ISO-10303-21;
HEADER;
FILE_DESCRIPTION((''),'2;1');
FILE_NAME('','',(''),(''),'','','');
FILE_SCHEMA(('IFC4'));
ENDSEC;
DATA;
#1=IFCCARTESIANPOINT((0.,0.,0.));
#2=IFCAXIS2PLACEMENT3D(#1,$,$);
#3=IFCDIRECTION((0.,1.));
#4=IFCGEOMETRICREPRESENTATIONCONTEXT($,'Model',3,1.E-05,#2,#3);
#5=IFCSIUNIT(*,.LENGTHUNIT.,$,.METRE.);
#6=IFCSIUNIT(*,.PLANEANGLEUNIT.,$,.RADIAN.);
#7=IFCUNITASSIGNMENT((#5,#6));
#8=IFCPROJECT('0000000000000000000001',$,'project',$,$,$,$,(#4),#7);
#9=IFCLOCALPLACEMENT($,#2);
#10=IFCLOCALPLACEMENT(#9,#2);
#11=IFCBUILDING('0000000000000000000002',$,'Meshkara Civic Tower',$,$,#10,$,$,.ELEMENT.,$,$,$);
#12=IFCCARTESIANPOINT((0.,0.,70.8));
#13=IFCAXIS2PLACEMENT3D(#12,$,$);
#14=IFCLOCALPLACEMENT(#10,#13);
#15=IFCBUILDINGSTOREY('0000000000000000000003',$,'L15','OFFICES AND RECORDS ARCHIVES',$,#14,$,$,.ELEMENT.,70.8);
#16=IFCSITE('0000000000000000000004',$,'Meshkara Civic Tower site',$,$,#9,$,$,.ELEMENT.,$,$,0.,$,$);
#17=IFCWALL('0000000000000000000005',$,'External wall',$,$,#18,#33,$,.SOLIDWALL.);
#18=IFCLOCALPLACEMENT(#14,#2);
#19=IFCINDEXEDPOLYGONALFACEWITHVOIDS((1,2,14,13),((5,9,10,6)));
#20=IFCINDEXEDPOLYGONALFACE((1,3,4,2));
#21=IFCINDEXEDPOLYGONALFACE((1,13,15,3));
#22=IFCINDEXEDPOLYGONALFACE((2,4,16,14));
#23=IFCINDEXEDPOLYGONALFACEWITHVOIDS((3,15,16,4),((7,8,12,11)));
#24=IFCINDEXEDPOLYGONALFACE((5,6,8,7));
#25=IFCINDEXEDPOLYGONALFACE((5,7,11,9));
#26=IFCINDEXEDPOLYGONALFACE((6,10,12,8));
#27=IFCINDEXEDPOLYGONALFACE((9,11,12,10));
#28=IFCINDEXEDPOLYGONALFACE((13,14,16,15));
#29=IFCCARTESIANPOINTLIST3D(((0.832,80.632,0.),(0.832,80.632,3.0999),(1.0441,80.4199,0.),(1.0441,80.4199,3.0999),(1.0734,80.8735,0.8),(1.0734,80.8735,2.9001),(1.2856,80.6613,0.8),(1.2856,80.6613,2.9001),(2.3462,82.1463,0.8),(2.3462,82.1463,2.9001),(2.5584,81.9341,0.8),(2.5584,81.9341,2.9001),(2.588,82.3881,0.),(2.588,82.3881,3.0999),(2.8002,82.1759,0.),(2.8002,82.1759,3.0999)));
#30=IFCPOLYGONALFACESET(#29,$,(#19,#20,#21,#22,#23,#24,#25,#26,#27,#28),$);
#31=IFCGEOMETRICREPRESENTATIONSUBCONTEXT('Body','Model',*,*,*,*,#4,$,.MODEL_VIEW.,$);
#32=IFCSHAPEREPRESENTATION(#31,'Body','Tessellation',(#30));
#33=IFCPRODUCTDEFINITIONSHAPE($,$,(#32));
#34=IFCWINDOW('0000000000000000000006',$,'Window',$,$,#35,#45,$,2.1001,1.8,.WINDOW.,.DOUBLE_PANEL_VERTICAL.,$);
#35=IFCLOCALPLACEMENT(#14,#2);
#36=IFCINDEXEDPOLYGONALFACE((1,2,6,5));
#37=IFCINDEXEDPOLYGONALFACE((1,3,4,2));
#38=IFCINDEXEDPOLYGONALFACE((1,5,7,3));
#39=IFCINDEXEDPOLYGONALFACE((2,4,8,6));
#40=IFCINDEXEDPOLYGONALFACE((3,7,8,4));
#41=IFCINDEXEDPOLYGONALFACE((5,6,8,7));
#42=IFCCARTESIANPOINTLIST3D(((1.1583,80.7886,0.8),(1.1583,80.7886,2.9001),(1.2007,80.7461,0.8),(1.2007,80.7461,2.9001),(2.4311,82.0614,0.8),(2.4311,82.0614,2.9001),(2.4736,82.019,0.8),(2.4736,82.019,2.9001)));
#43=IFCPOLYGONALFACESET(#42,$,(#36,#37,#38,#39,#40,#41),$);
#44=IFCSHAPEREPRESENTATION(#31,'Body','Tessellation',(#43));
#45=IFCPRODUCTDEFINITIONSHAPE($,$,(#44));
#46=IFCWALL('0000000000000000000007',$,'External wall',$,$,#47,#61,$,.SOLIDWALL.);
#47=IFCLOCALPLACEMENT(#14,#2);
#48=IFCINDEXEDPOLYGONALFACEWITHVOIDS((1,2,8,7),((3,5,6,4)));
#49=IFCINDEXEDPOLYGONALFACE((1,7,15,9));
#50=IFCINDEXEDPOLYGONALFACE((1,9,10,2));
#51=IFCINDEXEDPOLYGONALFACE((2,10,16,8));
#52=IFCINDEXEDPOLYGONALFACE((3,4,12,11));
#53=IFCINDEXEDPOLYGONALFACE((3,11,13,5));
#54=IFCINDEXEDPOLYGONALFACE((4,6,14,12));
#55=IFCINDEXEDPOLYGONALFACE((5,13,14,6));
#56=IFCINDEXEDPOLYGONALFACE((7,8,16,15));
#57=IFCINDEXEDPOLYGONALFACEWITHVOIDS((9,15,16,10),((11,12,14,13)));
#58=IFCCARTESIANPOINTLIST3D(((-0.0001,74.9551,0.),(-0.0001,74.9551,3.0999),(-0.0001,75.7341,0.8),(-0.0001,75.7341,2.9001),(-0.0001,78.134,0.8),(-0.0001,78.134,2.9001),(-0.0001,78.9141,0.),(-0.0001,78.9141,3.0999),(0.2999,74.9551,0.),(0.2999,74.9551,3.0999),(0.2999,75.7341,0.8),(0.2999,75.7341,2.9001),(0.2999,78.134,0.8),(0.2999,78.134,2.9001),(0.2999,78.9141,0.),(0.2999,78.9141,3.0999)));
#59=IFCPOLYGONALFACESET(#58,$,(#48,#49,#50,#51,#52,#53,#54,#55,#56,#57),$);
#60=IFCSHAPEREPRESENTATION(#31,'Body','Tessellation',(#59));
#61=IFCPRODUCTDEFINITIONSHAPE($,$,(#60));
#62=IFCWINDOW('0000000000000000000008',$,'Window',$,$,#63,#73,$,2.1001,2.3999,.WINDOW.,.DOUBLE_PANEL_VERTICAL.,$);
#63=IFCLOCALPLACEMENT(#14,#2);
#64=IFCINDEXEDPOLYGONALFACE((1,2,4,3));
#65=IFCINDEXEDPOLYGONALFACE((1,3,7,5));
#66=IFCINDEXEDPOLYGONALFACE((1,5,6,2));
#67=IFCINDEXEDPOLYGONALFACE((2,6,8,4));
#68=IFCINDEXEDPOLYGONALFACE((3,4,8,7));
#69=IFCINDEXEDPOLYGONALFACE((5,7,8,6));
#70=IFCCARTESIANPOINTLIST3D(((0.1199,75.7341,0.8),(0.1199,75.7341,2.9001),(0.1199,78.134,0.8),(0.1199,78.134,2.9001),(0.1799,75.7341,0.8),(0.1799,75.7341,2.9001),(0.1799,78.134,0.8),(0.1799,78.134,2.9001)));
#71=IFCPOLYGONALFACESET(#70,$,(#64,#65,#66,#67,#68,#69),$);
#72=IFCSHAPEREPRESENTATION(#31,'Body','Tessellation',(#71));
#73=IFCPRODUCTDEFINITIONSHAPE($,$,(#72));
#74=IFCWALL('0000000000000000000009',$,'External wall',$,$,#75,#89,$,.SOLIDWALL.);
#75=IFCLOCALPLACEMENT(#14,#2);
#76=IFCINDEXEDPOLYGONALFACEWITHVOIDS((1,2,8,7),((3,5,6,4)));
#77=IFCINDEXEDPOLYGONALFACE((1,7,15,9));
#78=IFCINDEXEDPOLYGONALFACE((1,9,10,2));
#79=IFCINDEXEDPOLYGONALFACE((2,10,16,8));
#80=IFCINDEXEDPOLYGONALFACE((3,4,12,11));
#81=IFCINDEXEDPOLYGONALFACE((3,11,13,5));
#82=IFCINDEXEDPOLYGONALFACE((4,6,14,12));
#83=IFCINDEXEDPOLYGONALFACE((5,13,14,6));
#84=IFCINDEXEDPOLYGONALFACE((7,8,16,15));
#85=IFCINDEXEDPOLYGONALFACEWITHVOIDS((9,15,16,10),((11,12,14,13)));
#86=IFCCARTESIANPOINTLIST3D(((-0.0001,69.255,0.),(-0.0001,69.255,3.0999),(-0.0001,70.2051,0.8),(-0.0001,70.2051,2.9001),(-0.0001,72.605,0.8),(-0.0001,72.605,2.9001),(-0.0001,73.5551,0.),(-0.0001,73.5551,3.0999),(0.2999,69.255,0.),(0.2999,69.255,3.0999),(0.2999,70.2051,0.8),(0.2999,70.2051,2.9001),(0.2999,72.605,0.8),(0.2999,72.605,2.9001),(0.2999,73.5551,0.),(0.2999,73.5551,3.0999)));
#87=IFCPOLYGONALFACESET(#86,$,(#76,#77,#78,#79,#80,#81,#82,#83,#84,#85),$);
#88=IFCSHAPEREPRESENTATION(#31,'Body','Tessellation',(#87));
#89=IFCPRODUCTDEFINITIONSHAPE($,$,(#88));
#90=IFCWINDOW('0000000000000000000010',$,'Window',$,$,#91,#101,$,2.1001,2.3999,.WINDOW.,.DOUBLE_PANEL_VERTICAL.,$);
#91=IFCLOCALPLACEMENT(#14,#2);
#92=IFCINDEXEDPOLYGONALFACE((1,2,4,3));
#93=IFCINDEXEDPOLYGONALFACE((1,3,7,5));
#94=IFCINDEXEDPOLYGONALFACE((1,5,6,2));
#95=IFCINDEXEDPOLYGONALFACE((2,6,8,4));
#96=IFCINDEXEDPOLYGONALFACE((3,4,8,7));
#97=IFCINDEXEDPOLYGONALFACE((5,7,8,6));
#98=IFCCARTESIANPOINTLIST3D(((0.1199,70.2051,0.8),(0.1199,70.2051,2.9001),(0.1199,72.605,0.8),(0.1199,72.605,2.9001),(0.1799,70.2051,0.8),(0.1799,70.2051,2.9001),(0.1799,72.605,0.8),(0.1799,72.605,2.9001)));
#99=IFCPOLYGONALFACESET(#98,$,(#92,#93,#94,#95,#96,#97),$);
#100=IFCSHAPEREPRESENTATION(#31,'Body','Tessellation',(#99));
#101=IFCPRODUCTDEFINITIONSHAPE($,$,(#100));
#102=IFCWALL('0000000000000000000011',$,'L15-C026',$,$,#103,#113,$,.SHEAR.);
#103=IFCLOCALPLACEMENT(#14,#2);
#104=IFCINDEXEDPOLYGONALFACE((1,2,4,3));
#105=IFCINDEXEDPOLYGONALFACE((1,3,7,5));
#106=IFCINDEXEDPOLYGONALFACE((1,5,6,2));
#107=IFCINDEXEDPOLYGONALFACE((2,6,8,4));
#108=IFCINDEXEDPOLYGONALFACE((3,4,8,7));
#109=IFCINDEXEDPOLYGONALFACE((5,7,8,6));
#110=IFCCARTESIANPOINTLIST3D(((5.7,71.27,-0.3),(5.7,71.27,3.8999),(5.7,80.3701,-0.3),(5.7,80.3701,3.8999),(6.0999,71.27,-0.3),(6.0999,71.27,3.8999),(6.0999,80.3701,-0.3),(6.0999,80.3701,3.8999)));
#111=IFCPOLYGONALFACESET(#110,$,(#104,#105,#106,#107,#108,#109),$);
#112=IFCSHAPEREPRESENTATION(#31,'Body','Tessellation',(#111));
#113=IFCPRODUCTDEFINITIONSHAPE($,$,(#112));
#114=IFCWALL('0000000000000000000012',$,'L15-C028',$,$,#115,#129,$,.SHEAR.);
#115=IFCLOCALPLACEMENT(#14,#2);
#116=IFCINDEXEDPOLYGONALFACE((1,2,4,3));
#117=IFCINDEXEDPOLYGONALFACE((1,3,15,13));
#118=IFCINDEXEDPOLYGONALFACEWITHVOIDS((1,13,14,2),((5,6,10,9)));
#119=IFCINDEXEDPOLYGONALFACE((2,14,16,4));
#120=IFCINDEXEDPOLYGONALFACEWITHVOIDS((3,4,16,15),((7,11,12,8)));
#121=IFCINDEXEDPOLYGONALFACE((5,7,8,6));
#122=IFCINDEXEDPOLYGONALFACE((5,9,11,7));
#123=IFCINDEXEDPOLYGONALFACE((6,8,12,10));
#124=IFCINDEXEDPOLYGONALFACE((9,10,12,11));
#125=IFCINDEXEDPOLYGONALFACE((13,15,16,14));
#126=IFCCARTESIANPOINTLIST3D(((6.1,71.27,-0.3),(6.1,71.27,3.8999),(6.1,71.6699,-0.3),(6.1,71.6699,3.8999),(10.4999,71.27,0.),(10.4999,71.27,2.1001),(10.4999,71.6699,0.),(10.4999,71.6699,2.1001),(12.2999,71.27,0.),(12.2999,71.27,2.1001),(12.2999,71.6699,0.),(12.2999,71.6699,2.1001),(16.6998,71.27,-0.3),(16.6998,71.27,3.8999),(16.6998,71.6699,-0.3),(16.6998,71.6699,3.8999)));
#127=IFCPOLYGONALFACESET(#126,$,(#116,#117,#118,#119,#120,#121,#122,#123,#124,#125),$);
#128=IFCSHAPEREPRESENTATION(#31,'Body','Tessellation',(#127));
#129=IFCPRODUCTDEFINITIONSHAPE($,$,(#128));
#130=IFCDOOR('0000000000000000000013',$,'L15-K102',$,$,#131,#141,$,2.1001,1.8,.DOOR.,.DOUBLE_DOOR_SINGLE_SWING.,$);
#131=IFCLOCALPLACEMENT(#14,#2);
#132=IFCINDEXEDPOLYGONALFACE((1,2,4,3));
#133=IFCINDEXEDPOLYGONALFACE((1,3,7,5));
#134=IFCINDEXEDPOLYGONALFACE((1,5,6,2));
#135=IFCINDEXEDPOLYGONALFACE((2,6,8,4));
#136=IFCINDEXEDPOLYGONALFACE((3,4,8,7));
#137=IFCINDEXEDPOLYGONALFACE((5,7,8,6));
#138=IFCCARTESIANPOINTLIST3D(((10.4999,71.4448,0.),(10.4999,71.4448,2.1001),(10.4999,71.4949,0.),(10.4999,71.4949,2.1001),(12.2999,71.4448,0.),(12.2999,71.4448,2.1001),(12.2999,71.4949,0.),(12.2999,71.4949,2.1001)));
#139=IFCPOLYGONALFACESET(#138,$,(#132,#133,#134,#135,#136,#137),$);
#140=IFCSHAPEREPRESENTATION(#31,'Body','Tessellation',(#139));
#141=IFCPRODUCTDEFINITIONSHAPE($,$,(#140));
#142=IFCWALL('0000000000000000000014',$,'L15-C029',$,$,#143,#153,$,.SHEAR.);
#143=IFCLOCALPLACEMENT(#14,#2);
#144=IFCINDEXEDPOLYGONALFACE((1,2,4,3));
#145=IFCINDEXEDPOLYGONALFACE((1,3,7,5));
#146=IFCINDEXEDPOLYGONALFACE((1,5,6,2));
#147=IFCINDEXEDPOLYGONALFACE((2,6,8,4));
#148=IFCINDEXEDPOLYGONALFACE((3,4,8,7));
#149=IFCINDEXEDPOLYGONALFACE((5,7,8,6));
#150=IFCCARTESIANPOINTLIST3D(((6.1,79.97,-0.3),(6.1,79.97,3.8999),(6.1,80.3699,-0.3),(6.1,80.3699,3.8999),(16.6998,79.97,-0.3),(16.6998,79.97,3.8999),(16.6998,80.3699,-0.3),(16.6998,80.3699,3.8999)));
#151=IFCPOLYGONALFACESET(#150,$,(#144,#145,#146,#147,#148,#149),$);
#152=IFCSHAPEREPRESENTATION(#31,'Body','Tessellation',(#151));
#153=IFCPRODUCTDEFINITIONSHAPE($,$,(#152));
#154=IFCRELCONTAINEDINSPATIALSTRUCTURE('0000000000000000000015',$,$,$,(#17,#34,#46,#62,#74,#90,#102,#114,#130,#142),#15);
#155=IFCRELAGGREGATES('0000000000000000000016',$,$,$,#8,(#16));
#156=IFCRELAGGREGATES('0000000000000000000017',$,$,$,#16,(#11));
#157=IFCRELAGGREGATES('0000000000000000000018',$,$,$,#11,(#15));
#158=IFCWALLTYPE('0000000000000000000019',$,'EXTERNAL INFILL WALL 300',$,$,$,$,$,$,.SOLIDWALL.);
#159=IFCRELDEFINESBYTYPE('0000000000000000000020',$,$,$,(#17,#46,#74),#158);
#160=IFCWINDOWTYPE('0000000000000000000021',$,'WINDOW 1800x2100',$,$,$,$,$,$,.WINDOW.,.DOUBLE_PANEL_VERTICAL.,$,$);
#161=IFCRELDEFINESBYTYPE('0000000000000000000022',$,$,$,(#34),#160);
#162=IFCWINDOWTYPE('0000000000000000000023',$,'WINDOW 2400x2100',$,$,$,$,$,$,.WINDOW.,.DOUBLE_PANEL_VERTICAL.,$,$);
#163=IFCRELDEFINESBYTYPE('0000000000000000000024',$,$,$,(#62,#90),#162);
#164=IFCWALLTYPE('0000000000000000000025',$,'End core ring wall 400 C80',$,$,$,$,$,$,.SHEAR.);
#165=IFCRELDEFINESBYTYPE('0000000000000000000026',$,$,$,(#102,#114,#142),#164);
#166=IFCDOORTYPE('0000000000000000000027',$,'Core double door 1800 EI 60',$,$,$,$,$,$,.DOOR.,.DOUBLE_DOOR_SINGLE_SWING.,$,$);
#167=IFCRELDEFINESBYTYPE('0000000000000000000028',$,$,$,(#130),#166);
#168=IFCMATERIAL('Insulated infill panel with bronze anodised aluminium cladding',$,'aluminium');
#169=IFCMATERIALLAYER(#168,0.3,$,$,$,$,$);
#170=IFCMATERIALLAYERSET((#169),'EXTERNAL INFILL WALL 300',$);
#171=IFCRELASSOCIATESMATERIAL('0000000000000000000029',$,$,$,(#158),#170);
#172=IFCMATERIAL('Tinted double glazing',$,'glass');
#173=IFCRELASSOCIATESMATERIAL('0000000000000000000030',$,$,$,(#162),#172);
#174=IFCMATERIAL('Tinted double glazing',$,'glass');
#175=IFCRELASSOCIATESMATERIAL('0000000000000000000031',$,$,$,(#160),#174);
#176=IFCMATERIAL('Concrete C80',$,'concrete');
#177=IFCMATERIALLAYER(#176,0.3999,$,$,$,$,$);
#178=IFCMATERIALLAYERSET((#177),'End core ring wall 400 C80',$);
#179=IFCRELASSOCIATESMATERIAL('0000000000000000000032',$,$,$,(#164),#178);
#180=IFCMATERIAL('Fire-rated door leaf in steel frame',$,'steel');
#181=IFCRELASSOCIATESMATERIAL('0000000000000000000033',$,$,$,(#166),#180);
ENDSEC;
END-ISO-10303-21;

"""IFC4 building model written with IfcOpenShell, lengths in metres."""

from ifc_helpers import new_model, si_unit, direction, frame, frame_2d, origin, place, context, subcontext, project, spatial, rectangle, extrude, material, layer, layer_set, type_object, element, fill, save


model = new_model("IFC4")

# Units and contexts
model_context = context("Model", 3, precision=1e-05, world=origin(), true_north=direction((0.0, 1.0)))
body_context = subcontext(model_context, "Body", "Model", "MODEL_VIEW")
ifc_project = project(units=[si_unit("LENGTHUNIT", "METRE"), si_unit("PLANEANGLEUNIT", "RADIAN")], contexts=[model_context])

# Site, building, storey
site_placement = place(None, origin())
site = spatial("IfcSite", under=ifc_project, at=site_placement, Name="Meshkara Civic Tower site", CompositionType="ELEMENT", RefElevation=0.0)
building_placement = place(site_placement, origin())
building = spatial("IfcBuilding", under=site, at=building_placement, Name="Meshkara Civic Tower", CompositionType="ELEMENT")
storey_placement = place(building_placement, frame((0.0, 0.0, 70.8)))
storey = spatial("IfcBuildingStorey", under=building, at=storey_placement, Name="L15", Description="OFFICES AND RECORDS ARCHIVES", CompositionType="ELEMENT", Elevation=70.8)

# Walls, openings, windows
ifc_material_1 = material(Name="Insulated infill panel with bronze anodised aluminium cladding", Category="aluminium")
ifc_layer_1 = layer(ifc_material_1, 0.3)
ifc_layer_set_1 = layer_set([ifc_layer_1], Name="EXTERNAL INFILL WALL 300")
wall_type_1 = type_object("IfcWallType", Name="EXTERNAL INFILL WALL 300", PredefinedType="SOLIDWALL", material=ifc_layer_set_1)
ifc_material_2 = material(Name="Tinted double glazing", Category="glass")
window_type_1 = type_object("IfcWindowType", Name="WINDOW 2400x2100", PartitioningType="DOUBLE_PANEL_VERTICAL", PredefinedType="WINDOW", material=ifc_material_2)
wall_1_placement = place(storey_placement, frame((2.6941, 82.282, 0.0), z_axis=(0.0, 0.0, 1.0), x_axis=(-0.707107, -0.707107, 0.0)))
wall_1 = element("IfcWall", 1, at=wall_1_placement, inside=storey, type_object=wall_type_1, Name="External wall", PredefinedType="SOLIDWALL", context=body_context, shape_type="SweptSolid", body=[
    extrude(rectangle(XDim=2.4834, YDim=0.3, at=frame_2d((1.2417, 0.0))), origin(), (0.0, 0.0, 1.0), 3.0999),
])
opening_1_placement = place(wall_1_placement, frame((0.342, 0.0, 0.8)))
opening_1 = element("IfcOpeningElement", 2, at=opening_1_placement, cuts=wall_1, PredefinedType="OPENING", context=body_context, shape_type="SweptSolid", body=[
    extrude(rectangle(XDim=1.8, YDim=2.1001, at=frame_2d((0.8999, 1.05))), frame((0.0, 0.1599, 0.0), z_axis=(0.0, -1.0, 0.0), x_axis=(1.0, 0.0, 0.0)), (0.0, 0.0, 1.0), 0.3201),
])
ifc_material_3 = material(Name="Tinted double glazing", Category="glass")
window_type_2 = type_object("IfcWindowType", Name="WINDOW 1800x2100", PartitioningType="DOUBLE_PANEL_VERTICAL", PredefinedType="WINDOW", material=ifc_material_3)
window_1_placement = place(opening_1_placement, origin())
window_1 = element("IfcWindow", 3, at=window_1_placement, inside=storey, type_object=window_type_2, Name="Window", OverallHeight=2.1001, OverallWidth=1.8, PartitioningType="DOUBLE_PANEL_VERTICAL", PredefinedType="WINDOW", context=body_context, shape_type="SweptSolid", body=[
    extrude(rectangle(XDim=1.8, YDim=2.1001, at=frame_2d((0.8999, 1.05))), frame((0.0, 0.03, 0.0), z_axis=(0.0, -1.0, 0.0), x_axis=(1.0, 0.0, 0.0)), (0.0, 0.0, 1.0), 0.0601),
])
fill(opening_1, window_1)
wall_2_placement = place(storey_placement, frame((0.1499, 78.9141, 0.0), z_axis=(0.0, 0.0, 1.0), x_axis=(0.0, -1.0, 0.0)))
wall_2 = element("IfcWall", 4, at=wall_2_placement, inside=storey, type_object=wall_type_1, Name="External wall", PredefinedType="SOLIDWALL", context=body_context, shape_type="SweptSolid", body=[
    extrude(rectangle(XDim=3.959, YDim=0.3, at=frame_2d((1.9795, 0.0))), origin(), (0.0, 0.0, 1.0), 3.0999),
])
opening_2_placement = place(wall_2_placement, frame((0.78, 0.0, 0.8)))
opening_2 = element("IfcOpeningElement", 5, at=opening_2_placement, cuts=wall_2, PredefinedType="OPENING", context=body_context, shape_type="SweptSolid", body=[
    extrude(rectangle(XDim=2.3999, YDim=2.1001, at=frame_2d((1.2, 1.05))), frame((0.0, 0.1599, 0.0), z_axis=(0.0, -1.0, 0.0), x_axis=(1.0, 0.0, 0.0)), (0.0, 0.0, 1.0), 0.3201),
])
window_2_placement = place(opening_2_placement, origin())
window_2 = element("IfcWindow", 6, at=window_2_placement, inside=storey, type_object=window_type_1, Name="Window", OverallHeight=2.1001, OverallWidth=2.3999, PartitioningType="DOUBLE_PANEL_VERTICAL", PredefinedType="WINDOW", context=body_context, shape_type="SweptSolid", body=[
    extrude(rectangle(XDim=2.3999, YDim=2.1001, at=frame_2d((1.2, 1.05))), frame((0.0, 0.03, 0.0), z_axis=(0.0, -1.0, 0.0), x_axis=(1.0, 0.0, 0.0)), (0.0, 0.0, 1.0), 0.0601),
])
fill(opening_2, window_2)
wall_3_placement = place(storey_placement, frame((0.1499, 73.5549, 0.0), z_axis=(0.0, 0.0, 1.0), x_axis=(0.0, -1.0, 0.0)))
wall_3 = element("IfcWall", 7, at=wall_3_placement, inside=storey, type_object=wall_type_1, Name="External wall", PredefinedType="SOLIDWALL", context=body_context, shape_type="SweptSolid", body=[
    extrude(rectangle(XDim=4.3, YDim=0.3, at=frame_2d((2.1499, 0.0))), origin(), (0.0, 0.0, 1.0), 3.0999),
])
opening_3_placement = place(wall_3_placement, frame((0.95, 0.0, 0.8)))
opening_3 = element("IfcOpeningElement", 8, at=opening_3_placement, cuts=wall_3, PredefinedType="OPENING", context=body_context, shape_type="SweptSolid", body=[
    extrude(rectangle(XDim=2.3999, YDim=2.1001, at=frame_2d((1.2, 1.05))), frame((0.0, 0.1599, 0.0), z_axis=(0.0, -1.0, 0.0), x_axis=(1.0, 0.0, 0.0)), (0.0, 0.0, 1.0), 0.3201),
])
window_3_placement = place(opening_3_placement, origin())
window_3 = element("IfcWindow", 9, at=window_3_placement, inside=storey, type_object=window_type_1, Name="Window", OverallHeight=2.1001, OverallWidth=2.3999, PartitioningType="DOUBLE_PANEL_VERTICAL", PredefinedType="WINDOW", context=body_context, shape_type="SweptSolid", body=[
    extrude(rectangle(XDim=2.3999, YDim=2.1001, at=frame_2d((1.2, 1.05))), frame((0.0, 0.03, 0.0), z_axis=(0.0, -1.0, 0.0), x_axis=(1.0, 0.0, 0.0)), (0.0, 0.0, 1.0), 0.0601),
])
fill(opening_3, window_3)

# Wall
ifc_material_4 = material(Name="Concrete C80", Category="concrete")
ifc_layer_2 = layer(ifc_material_4, 0.3999)
ifc_layer_set_2 = layer_set([ifc_layer_2], Name="End core ring wall 400 C80")
wall_type_2 = type_object("IfcWallType", Name="End core ring wall 400 C80", PredefinedType="SHEAR", material=ifc_layer_set_2)
wall_4_placement = place(storey_placement, frame((5.8999, 71.27, -0.3), z_axis=(0.0, 0.0, 1.0), x_axis=(0.0, 1.0, 0.0)))
element("IfcWall", 10, at=wall_4_placement, inside=storey, type_object=wall_type_2, Name="L15-C026", PredefinedType="SHEAR", context=body_context, shape_type="SweptSolid", body=[
    extrude(rectangle(XDim=9.1001, YDim=0.3999, at=frame_2d((4.55, 0.0))), origin(), (0.0, 0.0, 1.0), 4.2),
])

# Wall, opening, door
wall_5_placement = place(storey_placement, frame((6.1001, 71.47, -0.3), z_axis=(0.0, 0.0, 1.0), x_axis=(1.0, 0.0, 0.0)))
wall_5 = element("IfcWall", 11, at=wall_5_placement, inside=storey, type_object=wall_type_2, Name="L15-C028", PredefinedType="SHEAR", context=body_context, shape_type="SweptSolid", body=[
    extrude(rectangle(XDim=10.5999, YDim=0.3999, at=frame_2d((5.2998, 0.0))), origin(), (0.0, 0.0, 1.0), 4.2),
])
opening_4_placement = place(wall_5_placement, frame((4.3999, 0.0, 0.3)))
opening_4 = element("IfcOpeningElement", 12, at=opening_4_placement, cuts=wall_5, PredefinedType="OPENING", context=body_context, shape_type="SweptSolid", body=[
    extrude(rectangle(XDim=1.8, YDim=2.1001, at=frame_2d((0.8999, 1.05))), frame((0.0, 0.21, 0.0), z_axis=(0.0, -1.0, 0.0), x_axis=(1.0, 0.0, 0.0)), (0.0, 0.0, 1.0), 0.4199),
])
ifc_material_5 = material(Name="Fire-rated door leaf in steel frame", Category="steel")
door_type_1 = type_object("IfcDoorType", Name="Core double door 1800 EI 60", OperationType="DOUBLE_DOOR_SINGLE_SWING", PredefinedType="DOOR", material=ifc_material_5)
door_1_placement = place(opening_4_placement, origin())
door_1 = element("IfcDoor", 13, at=door_1_placement, inside=storey, type_object=door_type_1, Name="L15-K102", OperationType="DOUBLE_DOOR_SINGLE_SWING", OverallHeight=2.1001, OverallWidth=1.8, PredefinedType="DOOR", context=body_context, shape_type="SweptSolid", body=[
    extrude(rectangle(XDim=1.8, YDim=2.1001, at=frame_2d((0.8999, 1.05))), frame((0.0, 0.0249, 0.0), z_axis=(0.0, -1.0, 0.0), x_axis=(1.0, 0.0, 0.0)), (0.0, 0.0, 1.0), 0.05),
])
fill(opening_4, door_1)

# Wall
wall_6_placement = place(storey_placement, frame((6.1001, 80.1699, -0.3), z_axis=(0.0, 0.0, 1.0), x_axis=(1.0, 0.0, 0.0)))
element("IfcWall", 14, at=wall_6_placement, inside=storey, type_object=wall_type_2, Name="L15-C029", PredefinedType="SHEAR", context=body_context, shape_type="SweptSolid", body=[
    extrude(rectangle(XDim=10.5999, YDim=0.3999, at=frame_2d((5.2998, 0.0))), origin(), (0.0, 0.0, 1.0), 4.2),
])

save(model, "model.ifc")
